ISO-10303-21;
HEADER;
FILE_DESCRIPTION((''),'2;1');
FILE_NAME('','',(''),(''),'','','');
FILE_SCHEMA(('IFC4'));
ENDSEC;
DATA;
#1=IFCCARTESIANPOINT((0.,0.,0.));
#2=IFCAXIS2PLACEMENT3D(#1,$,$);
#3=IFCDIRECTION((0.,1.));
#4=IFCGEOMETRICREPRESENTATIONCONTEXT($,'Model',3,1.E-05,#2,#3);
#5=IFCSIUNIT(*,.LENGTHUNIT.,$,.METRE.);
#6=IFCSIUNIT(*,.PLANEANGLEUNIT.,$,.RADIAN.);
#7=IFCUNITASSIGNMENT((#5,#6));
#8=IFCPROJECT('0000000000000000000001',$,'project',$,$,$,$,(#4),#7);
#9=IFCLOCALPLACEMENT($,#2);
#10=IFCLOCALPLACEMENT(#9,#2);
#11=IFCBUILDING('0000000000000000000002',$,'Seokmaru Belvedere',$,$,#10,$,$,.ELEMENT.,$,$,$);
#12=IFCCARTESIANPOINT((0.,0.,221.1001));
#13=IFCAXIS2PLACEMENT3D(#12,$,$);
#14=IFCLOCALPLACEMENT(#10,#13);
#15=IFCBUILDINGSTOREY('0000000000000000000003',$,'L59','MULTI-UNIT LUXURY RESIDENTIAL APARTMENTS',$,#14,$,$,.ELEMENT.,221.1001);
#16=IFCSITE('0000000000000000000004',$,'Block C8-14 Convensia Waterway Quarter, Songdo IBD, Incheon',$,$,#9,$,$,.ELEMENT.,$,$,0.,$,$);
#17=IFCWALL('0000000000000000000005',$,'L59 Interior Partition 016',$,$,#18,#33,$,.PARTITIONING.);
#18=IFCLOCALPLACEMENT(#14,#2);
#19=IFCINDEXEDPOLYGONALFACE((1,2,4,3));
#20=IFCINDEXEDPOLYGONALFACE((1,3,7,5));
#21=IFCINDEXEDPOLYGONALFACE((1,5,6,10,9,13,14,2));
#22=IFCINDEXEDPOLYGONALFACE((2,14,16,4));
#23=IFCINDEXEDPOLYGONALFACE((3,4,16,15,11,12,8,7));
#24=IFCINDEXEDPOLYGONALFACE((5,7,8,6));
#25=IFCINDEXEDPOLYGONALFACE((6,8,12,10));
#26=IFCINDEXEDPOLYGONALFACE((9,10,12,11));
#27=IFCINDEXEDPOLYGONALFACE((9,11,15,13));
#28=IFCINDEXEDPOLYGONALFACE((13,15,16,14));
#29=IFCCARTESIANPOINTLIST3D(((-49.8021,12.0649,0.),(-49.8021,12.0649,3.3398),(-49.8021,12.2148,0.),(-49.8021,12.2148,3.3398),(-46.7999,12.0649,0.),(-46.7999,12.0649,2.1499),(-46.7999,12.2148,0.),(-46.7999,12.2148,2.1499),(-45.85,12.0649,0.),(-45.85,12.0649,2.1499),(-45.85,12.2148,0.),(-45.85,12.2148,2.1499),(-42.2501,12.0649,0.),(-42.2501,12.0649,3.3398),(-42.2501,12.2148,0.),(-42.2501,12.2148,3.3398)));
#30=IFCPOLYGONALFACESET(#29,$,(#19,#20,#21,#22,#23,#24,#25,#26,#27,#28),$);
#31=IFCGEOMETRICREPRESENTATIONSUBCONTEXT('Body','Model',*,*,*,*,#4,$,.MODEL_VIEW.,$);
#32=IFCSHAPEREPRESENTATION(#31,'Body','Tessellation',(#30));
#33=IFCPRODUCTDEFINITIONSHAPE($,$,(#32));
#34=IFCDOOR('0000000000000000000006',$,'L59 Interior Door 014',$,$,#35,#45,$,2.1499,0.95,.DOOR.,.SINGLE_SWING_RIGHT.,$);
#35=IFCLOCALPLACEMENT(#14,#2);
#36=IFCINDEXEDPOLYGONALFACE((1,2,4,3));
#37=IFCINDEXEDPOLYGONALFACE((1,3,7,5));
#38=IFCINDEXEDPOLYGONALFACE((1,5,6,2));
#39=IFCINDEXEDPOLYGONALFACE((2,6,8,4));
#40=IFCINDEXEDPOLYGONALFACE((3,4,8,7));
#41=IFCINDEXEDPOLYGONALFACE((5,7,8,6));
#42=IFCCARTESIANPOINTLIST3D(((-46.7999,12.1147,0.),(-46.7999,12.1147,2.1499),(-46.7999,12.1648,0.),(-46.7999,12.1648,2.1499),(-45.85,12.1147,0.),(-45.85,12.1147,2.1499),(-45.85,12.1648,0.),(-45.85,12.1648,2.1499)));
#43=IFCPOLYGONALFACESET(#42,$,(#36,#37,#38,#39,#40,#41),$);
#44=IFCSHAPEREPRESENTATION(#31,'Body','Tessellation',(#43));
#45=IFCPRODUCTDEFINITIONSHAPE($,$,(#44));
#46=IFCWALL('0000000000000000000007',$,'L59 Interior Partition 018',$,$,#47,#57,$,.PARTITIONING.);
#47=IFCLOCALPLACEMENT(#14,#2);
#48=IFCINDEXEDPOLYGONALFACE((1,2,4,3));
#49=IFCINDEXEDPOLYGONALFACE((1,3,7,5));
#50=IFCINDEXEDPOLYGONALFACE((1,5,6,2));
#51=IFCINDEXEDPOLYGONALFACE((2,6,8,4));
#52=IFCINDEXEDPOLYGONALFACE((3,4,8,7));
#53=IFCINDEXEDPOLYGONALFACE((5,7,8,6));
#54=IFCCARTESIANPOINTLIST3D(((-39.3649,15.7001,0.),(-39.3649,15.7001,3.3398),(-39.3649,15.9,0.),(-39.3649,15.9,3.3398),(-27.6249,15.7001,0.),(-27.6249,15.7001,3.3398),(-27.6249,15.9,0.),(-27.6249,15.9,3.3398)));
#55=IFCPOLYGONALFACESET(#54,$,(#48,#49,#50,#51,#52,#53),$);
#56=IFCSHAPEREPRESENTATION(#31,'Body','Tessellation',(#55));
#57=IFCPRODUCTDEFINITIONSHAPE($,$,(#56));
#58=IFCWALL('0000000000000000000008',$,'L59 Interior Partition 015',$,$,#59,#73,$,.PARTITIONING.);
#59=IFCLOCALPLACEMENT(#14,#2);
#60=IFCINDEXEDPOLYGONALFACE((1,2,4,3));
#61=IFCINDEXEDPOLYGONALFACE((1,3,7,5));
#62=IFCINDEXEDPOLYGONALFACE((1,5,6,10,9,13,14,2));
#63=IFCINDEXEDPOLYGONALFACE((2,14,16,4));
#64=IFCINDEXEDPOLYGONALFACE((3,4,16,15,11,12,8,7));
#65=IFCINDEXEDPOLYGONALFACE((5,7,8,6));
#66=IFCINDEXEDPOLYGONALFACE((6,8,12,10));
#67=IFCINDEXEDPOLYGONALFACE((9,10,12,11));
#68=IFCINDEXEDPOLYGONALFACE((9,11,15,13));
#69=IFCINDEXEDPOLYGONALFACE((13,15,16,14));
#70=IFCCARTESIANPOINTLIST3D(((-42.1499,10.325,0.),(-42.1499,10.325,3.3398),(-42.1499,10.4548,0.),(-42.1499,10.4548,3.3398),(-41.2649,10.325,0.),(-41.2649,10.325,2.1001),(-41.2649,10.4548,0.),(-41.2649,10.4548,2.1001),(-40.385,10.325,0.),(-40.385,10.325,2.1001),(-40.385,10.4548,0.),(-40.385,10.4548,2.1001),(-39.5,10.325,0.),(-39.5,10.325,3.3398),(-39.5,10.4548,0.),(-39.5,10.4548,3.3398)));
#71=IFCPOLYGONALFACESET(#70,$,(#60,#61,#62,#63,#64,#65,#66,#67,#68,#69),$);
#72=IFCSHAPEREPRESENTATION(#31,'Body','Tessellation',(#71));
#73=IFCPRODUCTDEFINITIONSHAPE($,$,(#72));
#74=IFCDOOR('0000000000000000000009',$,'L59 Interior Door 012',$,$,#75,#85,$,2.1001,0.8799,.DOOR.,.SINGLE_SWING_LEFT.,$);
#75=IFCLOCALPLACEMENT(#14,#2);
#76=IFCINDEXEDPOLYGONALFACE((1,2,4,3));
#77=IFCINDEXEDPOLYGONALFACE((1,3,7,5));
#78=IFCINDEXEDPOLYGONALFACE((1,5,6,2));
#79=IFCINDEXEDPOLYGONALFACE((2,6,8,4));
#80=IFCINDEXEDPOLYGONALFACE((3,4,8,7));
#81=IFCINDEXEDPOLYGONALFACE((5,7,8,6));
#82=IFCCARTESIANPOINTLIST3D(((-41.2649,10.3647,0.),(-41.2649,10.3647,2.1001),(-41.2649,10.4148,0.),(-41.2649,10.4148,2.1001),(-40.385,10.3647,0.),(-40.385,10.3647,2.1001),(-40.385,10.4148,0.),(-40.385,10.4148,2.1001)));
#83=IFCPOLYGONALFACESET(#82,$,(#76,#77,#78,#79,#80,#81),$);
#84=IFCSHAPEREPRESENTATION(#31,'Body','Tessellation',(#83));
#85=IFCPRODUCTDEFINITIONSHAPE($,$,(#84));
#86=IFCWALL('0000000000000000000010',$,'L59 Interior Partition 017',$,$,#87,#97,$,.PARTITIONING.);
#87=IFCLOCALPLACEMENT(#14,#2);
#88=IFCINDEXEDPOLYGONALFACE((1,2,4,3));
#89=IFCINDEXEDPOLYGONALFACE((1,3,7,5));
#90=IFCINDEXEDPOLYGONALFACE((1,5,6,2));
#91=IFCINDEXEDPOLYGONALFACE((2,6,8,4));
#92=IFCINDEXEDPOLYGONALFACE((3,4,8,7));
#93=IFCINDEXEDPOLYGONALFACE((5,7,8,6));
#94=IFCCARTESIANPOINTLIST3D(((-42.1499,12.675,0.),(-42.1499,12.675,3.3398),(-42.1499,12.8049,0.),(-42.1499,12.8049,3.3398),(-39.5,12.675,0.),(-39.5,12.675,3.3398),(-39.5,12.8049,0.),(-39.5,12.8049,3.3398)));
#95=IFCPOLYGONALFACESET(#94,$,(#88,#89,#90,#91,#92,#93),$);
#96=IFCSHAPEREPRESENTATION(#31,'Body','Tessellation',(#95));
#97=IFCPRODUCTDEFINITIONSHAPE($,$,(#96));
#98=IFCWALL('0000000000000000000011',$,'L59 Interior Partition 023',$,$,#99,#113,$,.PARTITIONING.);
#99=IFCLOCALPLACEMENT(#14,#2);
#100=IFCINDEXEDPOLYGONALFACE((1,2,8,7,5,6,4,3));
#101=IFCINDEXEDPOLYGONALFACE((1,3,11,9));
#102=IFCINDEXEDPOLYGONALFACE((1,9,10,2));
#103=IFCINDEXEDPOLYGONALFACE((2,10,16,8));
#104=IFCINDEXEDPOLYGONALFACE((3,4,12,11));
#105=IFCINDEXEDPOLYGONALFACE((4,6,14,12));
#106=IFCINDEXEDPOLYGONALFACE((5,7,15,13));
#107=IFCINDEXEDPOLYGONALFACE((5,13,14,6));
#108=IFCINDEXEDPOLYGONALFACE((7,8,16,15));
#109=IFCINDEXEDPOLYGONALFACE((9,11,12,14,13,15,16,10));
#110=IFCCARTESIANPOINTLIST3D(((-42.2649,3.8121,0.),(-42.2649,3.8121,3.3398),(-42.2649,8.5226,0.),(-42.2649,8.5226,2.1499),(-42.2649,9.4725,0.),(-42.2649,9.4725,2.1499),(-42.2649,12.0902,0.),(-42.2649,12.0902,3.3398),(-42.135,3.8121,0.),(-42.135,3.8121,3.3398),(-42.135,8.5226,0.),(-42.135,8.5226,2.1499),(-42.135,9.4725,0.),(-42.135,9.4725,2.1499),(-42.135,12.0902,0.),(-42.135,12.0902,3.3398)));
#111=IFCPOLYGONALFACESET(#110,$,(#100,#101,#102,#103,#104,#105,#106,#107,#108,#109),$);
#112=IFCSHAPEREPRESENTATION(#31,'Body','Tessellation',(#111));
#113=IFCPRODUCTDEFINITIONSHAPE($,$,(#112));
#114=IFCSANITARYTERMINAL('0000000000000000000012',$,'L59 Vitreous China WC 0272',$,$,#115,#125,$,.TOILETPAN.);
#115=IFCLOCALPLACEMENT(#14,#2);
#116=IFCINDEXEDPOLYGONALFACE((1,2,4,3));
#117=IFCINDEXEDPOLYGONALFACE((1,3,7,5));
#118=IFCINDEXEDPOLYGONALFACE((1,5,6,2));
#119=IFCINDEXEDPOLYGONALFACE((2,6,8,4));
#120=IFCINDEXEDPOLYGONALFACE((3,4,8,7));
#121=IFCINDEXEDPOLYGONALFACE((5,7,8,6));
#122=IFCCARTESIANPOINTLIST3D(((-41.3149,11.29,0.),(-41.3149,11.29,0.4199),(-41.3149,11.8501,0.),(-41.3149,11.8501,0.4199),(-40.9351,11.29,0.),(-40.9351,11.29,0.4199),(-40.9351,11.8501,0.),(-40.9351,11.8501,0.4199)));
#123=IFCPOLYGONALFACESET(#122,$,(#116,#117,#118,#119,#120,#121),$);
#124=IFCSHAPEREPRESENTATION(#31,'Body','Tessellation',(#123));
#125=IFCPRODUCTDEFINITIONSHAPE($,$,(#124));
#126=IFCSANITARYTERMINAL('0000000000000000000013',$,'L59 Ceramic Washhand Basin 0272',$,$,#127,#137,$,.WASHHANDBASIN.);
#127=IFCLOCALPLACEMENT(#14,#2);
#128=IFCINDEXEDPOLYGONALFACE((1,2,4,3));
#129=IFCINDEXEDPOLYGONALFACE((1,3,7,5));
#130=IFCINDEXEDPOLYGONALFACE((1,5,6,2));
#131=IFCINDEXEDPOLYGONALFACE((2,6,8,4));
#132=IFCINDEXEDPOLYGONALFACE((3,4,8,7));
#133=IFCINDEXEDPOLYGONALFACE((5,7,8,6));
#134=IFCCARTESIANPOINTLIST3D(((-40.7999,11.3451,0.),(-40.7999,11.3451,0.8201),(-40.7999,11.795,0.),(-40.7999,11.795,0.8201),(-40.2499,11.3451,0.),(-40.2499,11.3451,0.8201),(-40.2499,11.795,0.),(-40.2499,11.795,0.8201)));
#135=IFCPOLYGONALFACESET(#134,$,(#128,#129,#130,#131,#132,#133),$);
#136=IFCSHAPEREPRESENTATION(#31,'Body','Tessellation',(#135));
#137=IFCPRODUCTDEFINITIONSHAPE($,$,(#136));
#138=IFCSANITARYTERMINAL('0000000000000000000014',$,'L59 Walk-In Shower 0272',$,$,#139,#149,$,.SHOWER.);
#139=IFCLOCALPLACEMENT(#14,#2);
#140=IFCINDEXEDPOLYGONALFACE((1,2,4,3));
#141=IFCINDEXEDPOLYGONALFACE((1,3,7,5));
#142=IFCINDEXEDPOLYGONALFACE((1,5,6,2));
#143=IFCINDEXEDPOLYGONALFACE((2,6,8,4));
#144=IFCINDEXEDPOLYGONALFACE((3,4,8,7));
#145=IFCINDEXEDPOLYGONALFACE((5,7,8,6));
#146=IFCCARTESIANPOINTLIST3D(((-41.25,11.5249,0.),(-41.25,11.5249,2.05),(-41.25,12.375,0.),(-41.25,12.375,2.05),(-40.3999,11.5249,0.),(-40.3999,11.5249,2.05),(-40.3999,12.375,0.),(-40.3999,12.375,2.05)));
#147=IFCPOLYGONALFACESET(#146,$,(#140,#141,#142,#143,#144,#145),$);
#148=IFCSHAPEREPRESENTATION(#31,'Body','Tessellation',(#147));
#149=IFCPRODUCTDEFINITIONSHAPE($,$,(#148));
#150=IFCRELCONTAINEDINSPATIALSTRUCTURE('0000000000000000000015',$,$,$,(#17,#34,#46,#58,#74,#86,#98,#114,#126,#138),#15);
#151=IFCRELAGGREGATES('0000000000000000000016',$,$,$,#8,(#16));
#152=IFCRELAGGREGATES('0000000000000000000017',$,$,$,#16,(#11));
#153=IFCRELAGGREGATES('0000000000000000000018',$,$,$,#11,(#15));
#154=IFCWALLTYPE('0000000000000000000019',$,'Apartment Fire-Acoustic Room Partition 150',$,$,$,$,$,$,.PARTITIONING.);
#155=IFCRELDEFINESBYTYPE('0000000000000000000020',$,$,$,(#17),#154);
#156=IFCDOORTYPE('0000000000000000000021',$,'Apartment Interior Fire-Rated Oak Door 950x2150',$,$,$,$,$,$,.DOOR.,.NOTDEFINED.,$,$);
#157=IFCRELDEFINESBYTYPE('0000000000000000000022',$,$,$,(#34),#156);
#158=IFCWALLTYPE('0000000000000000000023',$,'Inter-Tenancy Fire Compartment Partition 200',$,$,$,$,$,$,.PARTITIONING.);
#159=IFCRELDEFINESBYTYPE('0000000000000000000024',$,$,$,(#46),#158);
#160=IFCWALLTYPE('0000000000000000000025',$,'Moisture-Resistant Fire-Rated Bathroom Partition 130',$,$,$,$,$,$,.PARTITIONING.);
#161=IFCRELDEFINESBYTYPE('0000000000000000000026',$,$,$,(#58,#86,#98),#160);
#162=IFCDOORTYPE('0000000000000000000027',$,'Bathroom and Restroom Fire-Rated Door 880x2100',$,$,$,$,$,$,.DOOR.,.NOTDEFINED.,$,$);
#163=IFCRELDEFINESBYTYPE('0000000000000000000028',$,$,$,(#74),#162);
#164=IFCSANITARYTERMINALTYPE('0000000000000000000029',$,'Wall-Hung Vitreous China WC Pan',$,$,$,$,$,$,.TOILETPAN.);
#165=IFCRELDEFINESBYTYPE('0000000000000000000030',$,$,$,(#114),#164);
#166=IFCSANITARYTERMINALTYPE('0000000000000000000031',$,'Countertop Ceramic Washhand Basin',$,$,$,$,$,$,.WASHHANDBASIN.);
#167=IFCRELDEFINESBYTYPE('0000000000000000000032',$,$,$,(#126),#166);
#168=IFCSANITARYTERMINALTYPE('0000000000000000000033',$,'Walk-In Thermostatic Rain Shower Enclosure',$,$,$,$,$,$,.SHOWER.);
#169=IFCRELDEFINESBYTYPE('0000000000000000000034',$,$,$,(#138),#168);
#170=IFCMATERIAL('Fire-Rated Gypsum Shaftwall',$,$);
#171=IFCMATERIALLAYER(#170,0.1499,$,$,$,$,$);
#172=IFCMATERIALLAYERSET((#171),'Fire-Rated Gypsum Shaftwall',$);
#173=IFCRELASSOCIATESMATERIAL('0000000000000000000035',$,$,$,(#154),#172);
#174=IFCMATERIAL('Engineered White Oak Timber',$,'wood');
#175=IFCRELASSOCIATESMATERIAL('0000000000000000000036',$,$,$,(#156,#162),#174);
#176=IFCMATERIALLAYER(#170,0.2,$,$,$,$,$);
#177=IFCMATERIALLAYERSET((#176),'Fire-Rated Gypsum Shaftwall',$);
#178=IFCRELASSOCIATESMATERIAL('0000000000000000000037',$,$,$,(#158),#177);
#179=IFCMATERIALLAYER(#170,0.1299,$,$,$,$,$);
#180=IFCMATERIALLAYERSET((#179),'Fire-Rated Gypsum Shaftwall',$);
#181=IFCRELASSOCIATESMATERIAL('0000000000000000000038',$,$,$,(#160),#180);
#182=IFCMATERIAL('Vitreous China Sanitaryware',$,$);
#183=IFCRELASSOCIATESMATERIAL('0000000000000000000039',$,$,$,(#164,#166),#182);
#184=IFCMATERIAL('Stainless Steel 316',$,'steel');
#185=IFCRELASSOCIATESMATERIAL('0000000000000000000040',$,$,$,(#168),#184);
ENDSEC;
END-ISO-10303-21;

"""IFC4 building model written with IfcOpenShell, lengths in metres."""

from ifc_helpers import new_model, si_unit, direction, frame, frame_2d, origin, origin_2d, place, context, subcontext, project, spatial, rectangle, extrude, source, transform, mapped, material, layer, layer_set, type_object, type_shapes, element, fill, save


model = new_model("IFC4")

# Units and contexts
model_context = context("Model", 3, precision=1e-05, world=origin(), true_north=direction((0.0, 1.0)))
body_context = subcontext(model_context, "Body", "Model", "MODEL_VIEW")
ifc_project = project(units=[si_unit("LENGTHUNIT", "METRE"), si_unit("PLANEANGLEUNIT", "RADIAN")], contexts=[model_context])

# Site, building, storey
site_placement = place(None, origin())
site = spatial("IfcSite", under=ifc_project, at=site_placement, Name="Block C8-14 Convensia Waterway Quarter, Songdo IBD, Incheon", CompositionType="ELEMENT", RefElevation=0.0)
building_placement = place(site_placement, origin())
building = spatial("IfcBuilding", under=site, at=building_placement, Name="Seokmaru Belvedere", CompositionType="ELEMENT")
storey_placement = place(building_placement, frame((0.0, 0.0, 221.1001)))
storey = spatial("IfcBuildingStorey", under=building, at=storey_placement, Name="L59", Description="MULTI-UNIT LUXURY RESIDENTIAL APARTMENTS", CompositionType="ELEMENT", Elevation=221.1001)

# Wall, opening, door
ifc_material_1 = material(Name="Fire-Rated Gypsum Shaftwall")
ifc_layer_1 = layer(ifc_material_1, 0.1499)
ifc_layer_set_1 = layer_set([ifc_layer_1], Name="Fire-Rated Gypsum Shaftwall")
wall_type_1 = type_object("IfcWallType", Name="Apartment Fire-Acoustic Room Partition 150", PredefinedType="PARTITIONING", material=ifc_layer_set_1)
ifc_material_2 = material(Name="Engineered White Oak Timber", Category="wood")
door_type_1 = type_object("IfcDoorType", Name="Apartment Interior Fire-Rated Oak Door 950x2150", OperationType="NOTDEFINED", PredefinedType="DOOR", material=ifc_material_2)
shared_shape_1 = source(origin(), body_context, "Body", "SweptSolid", [
    extrude(rectangle(XDim=0.95, YDim=2.1499, at=frame_2d((0.4751, 1.075))), frame((0.0, 0.0249, 0.0), z_axis=(0.0, -1.0, 0.0), x_axis=(1.0, 0.0, 0.0)), (0.0, 0.0, 1.0), 0.05),
])
type_shapes(door_type_1, [shared_shape_1])
wall_1_placement = place(storey_placement, frame((-49.802, 12.1399, 0.0), z_axis=(0.0, 0.0, 1.0), x_axis=(1.0, 0.0, 0.0)))
wall_1 = element("IfcWall", 1, at=wall_1_placement, inside=storey, type_object=wall_type_1, Name="L59 Interior Partition 016", PredefinedType="PARTITIONING", context=body_context, shape_type="SweptSolid", body=[
    extrude(rectangle(XDim=7.552, YDim=0.1499, at=frame_2d((3.7759, 0.0))), origin(), (0.0, 0.0, 1.0), 3.3398),
])
opening_1_placement = place(wall_1_placement, frame((3.002, 0.0, 0.0)))
opening_1 = element("IfcOpeningElement", 2, at=opening_1_placement, cuts=wall_1, PredefinedType="OPENING", context=body_context, shape_type="SweptSolid", body=[
    extrude(rectangle(XDim=0.95, YDim=2.1499, at=frame_2d((0.4751, 1.075))), frame((0.0, 0.085, 0.0), z_axis=(0.0, -1.0, 0.0), x_axis=(1.0, 0.0, 0.0)), (0.0, 0.0, 1.0), 0.1699),
])
door_1_placement = place(opening_1_placement, origin())
door_1 = element("IfcDoor", 3, at=door_1_placement, inside=storey, type_object=door_type_1, Name="L59 Interior Door 014", OperationType="SINGLE_SWING_RIGHT", OverallHeight=2.1499, OverallWidth=0.95, PredefinedType="DOOR", context=body_context, shape_type="MappedRepresentation", body=[
    mapped(shared_shape_1, transform((0.0, 0.0, 0.0), scale=1.0)),
])
fill(opening_1, door_1)

# Wall
ifc_layer_2 = layer(ifc_material_1, 0.2)
ifc_layer_set_2 = layer_set([ifc_layer_2], Name="Fire-Rated Gypsum Shaftwall")
wall_type_2 = type_object("IfcWallType", Name="Inter-Tenancy Fire Compartment Partition 200", PredefinedType="PARTITIONING", material=ifc_layer_set_2)
wall_2_placement = place(storey_placement, frame((-39.365, 15.8, 0.0), z_axis=(0.0, 0.0, 1.0), x_axis=(1.0, 0.0, 0.0)))
element("IfcWall", 4, at=wall_2_placement, inside=storey, type_object=wall_type_2, Name="L59 Interior Partition 018", PredefinedType="PARTITIONING", context=body_context, shape_type="SweptSolid", body=[
    extrude(rectangle(XDim=11.74, YDim=0.2, at=frame_2d((5.8701, 0.0))), origin(), (0.0, 0.0, 1.0), 3.3398),
])

# Wall, opening, door
ifc_layer_3 = layer(ifc_material_1, 0.1299)
ifc_layer_set_3 = layer_set([ifc_layer_3], Name="Fire-Rated Gypsum Shaftwall")
wall_type_3 = type_object("IfcWallType", Name="Moisture-Resistant Fire-Rated Bathroom Partition 130", PredefinedType="PARTITIONING", material=ifc_layer_set_3)
wall_3_placement = place(storey_placement, frame((-42.1499, 10.3899, 0.0), z_axis=(0.0, 0.0, 1.0), x_axis=(1.0, 0.0, 0.0)))
wall_3 = element("IfcWall", 5, at=wall_3_placement, inside=storey, type_object=wall_type_3, Name="L59 Interior Partition 015", PredefinedType="PARTITIONING", context=body_context, shape_type="SweptSolid", body=[
    extrude(rectangle(XDim=2.6499, YDim=0.1299, at=frame_2d((1.325, 0.0))), origin(), (0.0, 0.0, 1.0), 3.3398),
])
opening_2_placement = place(wall_3_placement, frame((0.885, 0.0, 0.0)))
opening_2 = element("IfcOpeningElement", 6, at=opening_2_placement, cuts=wall_3, PredefinedType="OPENING", context=body_context, shape_type="SweptSolid", body=[
    extrude(rectangle(XDim=0.8799, YDim=2.1001, at=frame_2d((0.4399, 1.05))), frame((0.0, 0.075, 0.0), z_axis=(0.0, -1.0, 0.0), x_axis=(1.0, 0.0, 0.0)), (0.0, 0.0, 1.0), 0.1499),
])
door_type_2 = type_object("IfcDoorType", Name="Bathroom and Restroom Fire-Rated Door 880x2100", OperationType="NOTDEFINED", PredefinedType="DOOR", material=ifc_material_2)
shared_shape_2 = source(origin(), body_context, "Body", "SweptSolid", [
    extrude(rectangle(XDim=0.8799, YDim=2.1001, at=frame_2d((0.4399, 1.05))), frame((0.0, 0.0249, 0.0), z_axis=(0.0, -1.0, 0.0), x_axis=(1.0, 0.0, 0.0)), (0.0, 0.0, 1.0), 0.05),
])
type_shapes(door_type_2, [shared_shape_2])
door_2_placement = place(opening_2_placement, origin())
door_2 = element("IfcDoor", 7, at=door_2_placement, inside=storey, type_object=door_type_2, Name="L59 Interior Door 012", OperationType="SINGLE_SWING_LEFT", OverallHeight=2.1001, OverallWidth=0.8799, PredefinedType="DOOR", context=body_context, shape_type="MappedRepresentation", body=[
    mapped(shared_shape_2, transform((0.0, 0.0, 0.0), scale=1.0)),
])
fill(opening_2, door_2)

# Wall
wall_4_placement = place(storey_placement, frame((-42.1499, 12.74, 0.0), z_axis=(0.0, 0.0, 1.0), x_axis=(1.0, 0.0, 0.0)))
element("IfcWall", 8, at=wall_4_placement, inside=storey, type_object=wall_type_3, Name="L59 Interior Partition 017", PredefinedType="PARTITIONING", context=body_context, shape_type="SweptSolid", body=[
    extrude(rectangle(XDim=2.6499, YDim=0.1299, at=frame_2d((1.325, 0.0))), origin(), (0.0, 0.0, 1.0), 3.3398),
])

# Wall, opening
wall_5_placement = place(storey_placement, frame((-42.2, 3.812, 0.0), z_axis=(0.0, 0.0, 1.0), x_axis=(0.0, 1.0, 0.0)))
wall_5 = element("IfcWall", 9, at=wall_5_placement, inside=storey, type_object=wall_type_3, Name="L59 Interior Partition 023", PredefinedType="PARTITIONING", context=body_context, shape_type="SweptSolid", body=[
    extrude(rectangle(XDim=8.2781, YDim=0.1299, at=frame_2d((4.1392, 0.0))), origin(), (0.0, 0.0, 1.0), 3.3398),
])
opening_3_placement = place(wall_5_placement, frame((4.7104, 0.0, 0.0)))
element("IfcOpeningElement", 10, at=opening_3_placement, cuts=wall_5, PredefinedType="OPENING", context=body_context, shape_type="SweptSolid", body=[
    extrude(rectangle(XDim=0.95, YDim=2.1499, at=frame_2d((0.4751, 1.075))), frame((0.0, 0.075, 0.0), z_axis=(0.0, -1.0, 0.0), x_axis=(1.0, 0.0, 0.0)), (0.0, 0.0, 1.0), 0.1499),
])

# Sanitary terminals
ifc_material_3 = material(Name="Vitreous China Sanitaryware")
sanitary_terminal_type_1 = type_object("IfcSanitaryTerminalType", Name="Wall-Hung Vitreous China WC Pan", PredefinedType="TOILETPAN", material=ifc_material_3)
shared_shape_3 = source(origin(), body_context, "Body", "SweptSolid", [
    extrude(rectangle(XDim=0.3799, YDim=0.5601, at=origin_2d()), origin(), (0.0, 0.0, 1.0), 0.4199),
])
type_shapes(sanitary_terminal_type_1, [shared_shape_3])
sanitary_terminal_1_placement = place(storey_placement, frame((-41.125, 11.5701, 0.0), z_axis=(0.0, 0.0, 1.0), x_axis=(1.0, 0.0, 0.0)))
element("IfcSanitaryTerminal", 11, at=sanitary_terminal_1_placement, inside=storey, type_object=sanitary_terminal_type_1, Name="L59 Vitreous China WC 0272", PredefinedType="TOILETPAN", context=body_context, shape_type="MappedRepresentation", body=[
    mapped(shared_shape_3, transform((0.0, 0.0, 0.0), scale=1.0)),
])
sanitary_terminal_type_2 = type_object("IfcSanitaryTerminalType", Name="Countertop Ceramic Washhand Basin", PredefinedType="WASHHANDBASIN", material=ifc_material_3)
shared_shape_4 = source(origin(), body_context, "Body", "SweptSolid", [
    extrude(rectangle(XDim=0.55, YDim=0.45, at=origin_2d()), origin(), (0.0, 0.0, 1.0), 0.8201),
])
type_shapes(sanitary_terminal_type_2, [shared_shape_4])
sanitary_terminal_2_placement = place(storey_placement, frame((-40.5249, 11.5701, 0.0), z_axis=(0.0, 0.0, 1.0), x_axis=(1.0, 0.0, 0.0)))
element("IfcSanitaryTerminal", 12, at=sanitary_terminal_2_placement, inside=storey, type_object=sanitary_terminal_type_2, Name="L59 Ceramic Washhand Basin 0272", PredefinedType="WASHHANDBASIN", context=body_context, shape_type="MappedRepresentation", body=[
    mapped(shared_shape_4, transform((0.0, 0.0, 0.0), scale=1.0)),
])
ifc_material_4 = material(Name="Stainless Steel 316", Category="steel")
sanitary_terminal_type_3 = type_object("IfcSanitaryTerminalType", Name="Walk-In Thermostatic Rain Shower Enclosure", PredefinedType="SHOWER", material=ifc_material_4)
shared_shape_5 = source(origin(), body_context, "Body", "SweptSolid", [
    extrude(rectangle(XDim=0.8501, YDim=0.8501, at=origin_2d()), origin(), (0.0, 0.0, 1.0), 2.05),
])
type_shapes(sanitary_terminal_type_3, [shared_shape_5])
sanitary_terminal_3_placement = place(storey_placement, frame((-40.825, 11.95, 0.0), z_axis=(0.0, 0.0, 1.0), x_axis=(1.0, 0.0, 0.0)))
element("IfcSanitaryTerminal", 13, at=sanitary_terminal_3_placement, inside=storey, type_object=sanitary_terminal_type_3, Name="L59 Walk-In Shower 0272", PredefinedType="SHOWER", context=body_context, shape_type="MappedRepresentation", body=[
    mapped(shared_shape_5, transform((0.0, 0.0, 0.0), scale=1.0)),
])

save(model, "model.ifc")
